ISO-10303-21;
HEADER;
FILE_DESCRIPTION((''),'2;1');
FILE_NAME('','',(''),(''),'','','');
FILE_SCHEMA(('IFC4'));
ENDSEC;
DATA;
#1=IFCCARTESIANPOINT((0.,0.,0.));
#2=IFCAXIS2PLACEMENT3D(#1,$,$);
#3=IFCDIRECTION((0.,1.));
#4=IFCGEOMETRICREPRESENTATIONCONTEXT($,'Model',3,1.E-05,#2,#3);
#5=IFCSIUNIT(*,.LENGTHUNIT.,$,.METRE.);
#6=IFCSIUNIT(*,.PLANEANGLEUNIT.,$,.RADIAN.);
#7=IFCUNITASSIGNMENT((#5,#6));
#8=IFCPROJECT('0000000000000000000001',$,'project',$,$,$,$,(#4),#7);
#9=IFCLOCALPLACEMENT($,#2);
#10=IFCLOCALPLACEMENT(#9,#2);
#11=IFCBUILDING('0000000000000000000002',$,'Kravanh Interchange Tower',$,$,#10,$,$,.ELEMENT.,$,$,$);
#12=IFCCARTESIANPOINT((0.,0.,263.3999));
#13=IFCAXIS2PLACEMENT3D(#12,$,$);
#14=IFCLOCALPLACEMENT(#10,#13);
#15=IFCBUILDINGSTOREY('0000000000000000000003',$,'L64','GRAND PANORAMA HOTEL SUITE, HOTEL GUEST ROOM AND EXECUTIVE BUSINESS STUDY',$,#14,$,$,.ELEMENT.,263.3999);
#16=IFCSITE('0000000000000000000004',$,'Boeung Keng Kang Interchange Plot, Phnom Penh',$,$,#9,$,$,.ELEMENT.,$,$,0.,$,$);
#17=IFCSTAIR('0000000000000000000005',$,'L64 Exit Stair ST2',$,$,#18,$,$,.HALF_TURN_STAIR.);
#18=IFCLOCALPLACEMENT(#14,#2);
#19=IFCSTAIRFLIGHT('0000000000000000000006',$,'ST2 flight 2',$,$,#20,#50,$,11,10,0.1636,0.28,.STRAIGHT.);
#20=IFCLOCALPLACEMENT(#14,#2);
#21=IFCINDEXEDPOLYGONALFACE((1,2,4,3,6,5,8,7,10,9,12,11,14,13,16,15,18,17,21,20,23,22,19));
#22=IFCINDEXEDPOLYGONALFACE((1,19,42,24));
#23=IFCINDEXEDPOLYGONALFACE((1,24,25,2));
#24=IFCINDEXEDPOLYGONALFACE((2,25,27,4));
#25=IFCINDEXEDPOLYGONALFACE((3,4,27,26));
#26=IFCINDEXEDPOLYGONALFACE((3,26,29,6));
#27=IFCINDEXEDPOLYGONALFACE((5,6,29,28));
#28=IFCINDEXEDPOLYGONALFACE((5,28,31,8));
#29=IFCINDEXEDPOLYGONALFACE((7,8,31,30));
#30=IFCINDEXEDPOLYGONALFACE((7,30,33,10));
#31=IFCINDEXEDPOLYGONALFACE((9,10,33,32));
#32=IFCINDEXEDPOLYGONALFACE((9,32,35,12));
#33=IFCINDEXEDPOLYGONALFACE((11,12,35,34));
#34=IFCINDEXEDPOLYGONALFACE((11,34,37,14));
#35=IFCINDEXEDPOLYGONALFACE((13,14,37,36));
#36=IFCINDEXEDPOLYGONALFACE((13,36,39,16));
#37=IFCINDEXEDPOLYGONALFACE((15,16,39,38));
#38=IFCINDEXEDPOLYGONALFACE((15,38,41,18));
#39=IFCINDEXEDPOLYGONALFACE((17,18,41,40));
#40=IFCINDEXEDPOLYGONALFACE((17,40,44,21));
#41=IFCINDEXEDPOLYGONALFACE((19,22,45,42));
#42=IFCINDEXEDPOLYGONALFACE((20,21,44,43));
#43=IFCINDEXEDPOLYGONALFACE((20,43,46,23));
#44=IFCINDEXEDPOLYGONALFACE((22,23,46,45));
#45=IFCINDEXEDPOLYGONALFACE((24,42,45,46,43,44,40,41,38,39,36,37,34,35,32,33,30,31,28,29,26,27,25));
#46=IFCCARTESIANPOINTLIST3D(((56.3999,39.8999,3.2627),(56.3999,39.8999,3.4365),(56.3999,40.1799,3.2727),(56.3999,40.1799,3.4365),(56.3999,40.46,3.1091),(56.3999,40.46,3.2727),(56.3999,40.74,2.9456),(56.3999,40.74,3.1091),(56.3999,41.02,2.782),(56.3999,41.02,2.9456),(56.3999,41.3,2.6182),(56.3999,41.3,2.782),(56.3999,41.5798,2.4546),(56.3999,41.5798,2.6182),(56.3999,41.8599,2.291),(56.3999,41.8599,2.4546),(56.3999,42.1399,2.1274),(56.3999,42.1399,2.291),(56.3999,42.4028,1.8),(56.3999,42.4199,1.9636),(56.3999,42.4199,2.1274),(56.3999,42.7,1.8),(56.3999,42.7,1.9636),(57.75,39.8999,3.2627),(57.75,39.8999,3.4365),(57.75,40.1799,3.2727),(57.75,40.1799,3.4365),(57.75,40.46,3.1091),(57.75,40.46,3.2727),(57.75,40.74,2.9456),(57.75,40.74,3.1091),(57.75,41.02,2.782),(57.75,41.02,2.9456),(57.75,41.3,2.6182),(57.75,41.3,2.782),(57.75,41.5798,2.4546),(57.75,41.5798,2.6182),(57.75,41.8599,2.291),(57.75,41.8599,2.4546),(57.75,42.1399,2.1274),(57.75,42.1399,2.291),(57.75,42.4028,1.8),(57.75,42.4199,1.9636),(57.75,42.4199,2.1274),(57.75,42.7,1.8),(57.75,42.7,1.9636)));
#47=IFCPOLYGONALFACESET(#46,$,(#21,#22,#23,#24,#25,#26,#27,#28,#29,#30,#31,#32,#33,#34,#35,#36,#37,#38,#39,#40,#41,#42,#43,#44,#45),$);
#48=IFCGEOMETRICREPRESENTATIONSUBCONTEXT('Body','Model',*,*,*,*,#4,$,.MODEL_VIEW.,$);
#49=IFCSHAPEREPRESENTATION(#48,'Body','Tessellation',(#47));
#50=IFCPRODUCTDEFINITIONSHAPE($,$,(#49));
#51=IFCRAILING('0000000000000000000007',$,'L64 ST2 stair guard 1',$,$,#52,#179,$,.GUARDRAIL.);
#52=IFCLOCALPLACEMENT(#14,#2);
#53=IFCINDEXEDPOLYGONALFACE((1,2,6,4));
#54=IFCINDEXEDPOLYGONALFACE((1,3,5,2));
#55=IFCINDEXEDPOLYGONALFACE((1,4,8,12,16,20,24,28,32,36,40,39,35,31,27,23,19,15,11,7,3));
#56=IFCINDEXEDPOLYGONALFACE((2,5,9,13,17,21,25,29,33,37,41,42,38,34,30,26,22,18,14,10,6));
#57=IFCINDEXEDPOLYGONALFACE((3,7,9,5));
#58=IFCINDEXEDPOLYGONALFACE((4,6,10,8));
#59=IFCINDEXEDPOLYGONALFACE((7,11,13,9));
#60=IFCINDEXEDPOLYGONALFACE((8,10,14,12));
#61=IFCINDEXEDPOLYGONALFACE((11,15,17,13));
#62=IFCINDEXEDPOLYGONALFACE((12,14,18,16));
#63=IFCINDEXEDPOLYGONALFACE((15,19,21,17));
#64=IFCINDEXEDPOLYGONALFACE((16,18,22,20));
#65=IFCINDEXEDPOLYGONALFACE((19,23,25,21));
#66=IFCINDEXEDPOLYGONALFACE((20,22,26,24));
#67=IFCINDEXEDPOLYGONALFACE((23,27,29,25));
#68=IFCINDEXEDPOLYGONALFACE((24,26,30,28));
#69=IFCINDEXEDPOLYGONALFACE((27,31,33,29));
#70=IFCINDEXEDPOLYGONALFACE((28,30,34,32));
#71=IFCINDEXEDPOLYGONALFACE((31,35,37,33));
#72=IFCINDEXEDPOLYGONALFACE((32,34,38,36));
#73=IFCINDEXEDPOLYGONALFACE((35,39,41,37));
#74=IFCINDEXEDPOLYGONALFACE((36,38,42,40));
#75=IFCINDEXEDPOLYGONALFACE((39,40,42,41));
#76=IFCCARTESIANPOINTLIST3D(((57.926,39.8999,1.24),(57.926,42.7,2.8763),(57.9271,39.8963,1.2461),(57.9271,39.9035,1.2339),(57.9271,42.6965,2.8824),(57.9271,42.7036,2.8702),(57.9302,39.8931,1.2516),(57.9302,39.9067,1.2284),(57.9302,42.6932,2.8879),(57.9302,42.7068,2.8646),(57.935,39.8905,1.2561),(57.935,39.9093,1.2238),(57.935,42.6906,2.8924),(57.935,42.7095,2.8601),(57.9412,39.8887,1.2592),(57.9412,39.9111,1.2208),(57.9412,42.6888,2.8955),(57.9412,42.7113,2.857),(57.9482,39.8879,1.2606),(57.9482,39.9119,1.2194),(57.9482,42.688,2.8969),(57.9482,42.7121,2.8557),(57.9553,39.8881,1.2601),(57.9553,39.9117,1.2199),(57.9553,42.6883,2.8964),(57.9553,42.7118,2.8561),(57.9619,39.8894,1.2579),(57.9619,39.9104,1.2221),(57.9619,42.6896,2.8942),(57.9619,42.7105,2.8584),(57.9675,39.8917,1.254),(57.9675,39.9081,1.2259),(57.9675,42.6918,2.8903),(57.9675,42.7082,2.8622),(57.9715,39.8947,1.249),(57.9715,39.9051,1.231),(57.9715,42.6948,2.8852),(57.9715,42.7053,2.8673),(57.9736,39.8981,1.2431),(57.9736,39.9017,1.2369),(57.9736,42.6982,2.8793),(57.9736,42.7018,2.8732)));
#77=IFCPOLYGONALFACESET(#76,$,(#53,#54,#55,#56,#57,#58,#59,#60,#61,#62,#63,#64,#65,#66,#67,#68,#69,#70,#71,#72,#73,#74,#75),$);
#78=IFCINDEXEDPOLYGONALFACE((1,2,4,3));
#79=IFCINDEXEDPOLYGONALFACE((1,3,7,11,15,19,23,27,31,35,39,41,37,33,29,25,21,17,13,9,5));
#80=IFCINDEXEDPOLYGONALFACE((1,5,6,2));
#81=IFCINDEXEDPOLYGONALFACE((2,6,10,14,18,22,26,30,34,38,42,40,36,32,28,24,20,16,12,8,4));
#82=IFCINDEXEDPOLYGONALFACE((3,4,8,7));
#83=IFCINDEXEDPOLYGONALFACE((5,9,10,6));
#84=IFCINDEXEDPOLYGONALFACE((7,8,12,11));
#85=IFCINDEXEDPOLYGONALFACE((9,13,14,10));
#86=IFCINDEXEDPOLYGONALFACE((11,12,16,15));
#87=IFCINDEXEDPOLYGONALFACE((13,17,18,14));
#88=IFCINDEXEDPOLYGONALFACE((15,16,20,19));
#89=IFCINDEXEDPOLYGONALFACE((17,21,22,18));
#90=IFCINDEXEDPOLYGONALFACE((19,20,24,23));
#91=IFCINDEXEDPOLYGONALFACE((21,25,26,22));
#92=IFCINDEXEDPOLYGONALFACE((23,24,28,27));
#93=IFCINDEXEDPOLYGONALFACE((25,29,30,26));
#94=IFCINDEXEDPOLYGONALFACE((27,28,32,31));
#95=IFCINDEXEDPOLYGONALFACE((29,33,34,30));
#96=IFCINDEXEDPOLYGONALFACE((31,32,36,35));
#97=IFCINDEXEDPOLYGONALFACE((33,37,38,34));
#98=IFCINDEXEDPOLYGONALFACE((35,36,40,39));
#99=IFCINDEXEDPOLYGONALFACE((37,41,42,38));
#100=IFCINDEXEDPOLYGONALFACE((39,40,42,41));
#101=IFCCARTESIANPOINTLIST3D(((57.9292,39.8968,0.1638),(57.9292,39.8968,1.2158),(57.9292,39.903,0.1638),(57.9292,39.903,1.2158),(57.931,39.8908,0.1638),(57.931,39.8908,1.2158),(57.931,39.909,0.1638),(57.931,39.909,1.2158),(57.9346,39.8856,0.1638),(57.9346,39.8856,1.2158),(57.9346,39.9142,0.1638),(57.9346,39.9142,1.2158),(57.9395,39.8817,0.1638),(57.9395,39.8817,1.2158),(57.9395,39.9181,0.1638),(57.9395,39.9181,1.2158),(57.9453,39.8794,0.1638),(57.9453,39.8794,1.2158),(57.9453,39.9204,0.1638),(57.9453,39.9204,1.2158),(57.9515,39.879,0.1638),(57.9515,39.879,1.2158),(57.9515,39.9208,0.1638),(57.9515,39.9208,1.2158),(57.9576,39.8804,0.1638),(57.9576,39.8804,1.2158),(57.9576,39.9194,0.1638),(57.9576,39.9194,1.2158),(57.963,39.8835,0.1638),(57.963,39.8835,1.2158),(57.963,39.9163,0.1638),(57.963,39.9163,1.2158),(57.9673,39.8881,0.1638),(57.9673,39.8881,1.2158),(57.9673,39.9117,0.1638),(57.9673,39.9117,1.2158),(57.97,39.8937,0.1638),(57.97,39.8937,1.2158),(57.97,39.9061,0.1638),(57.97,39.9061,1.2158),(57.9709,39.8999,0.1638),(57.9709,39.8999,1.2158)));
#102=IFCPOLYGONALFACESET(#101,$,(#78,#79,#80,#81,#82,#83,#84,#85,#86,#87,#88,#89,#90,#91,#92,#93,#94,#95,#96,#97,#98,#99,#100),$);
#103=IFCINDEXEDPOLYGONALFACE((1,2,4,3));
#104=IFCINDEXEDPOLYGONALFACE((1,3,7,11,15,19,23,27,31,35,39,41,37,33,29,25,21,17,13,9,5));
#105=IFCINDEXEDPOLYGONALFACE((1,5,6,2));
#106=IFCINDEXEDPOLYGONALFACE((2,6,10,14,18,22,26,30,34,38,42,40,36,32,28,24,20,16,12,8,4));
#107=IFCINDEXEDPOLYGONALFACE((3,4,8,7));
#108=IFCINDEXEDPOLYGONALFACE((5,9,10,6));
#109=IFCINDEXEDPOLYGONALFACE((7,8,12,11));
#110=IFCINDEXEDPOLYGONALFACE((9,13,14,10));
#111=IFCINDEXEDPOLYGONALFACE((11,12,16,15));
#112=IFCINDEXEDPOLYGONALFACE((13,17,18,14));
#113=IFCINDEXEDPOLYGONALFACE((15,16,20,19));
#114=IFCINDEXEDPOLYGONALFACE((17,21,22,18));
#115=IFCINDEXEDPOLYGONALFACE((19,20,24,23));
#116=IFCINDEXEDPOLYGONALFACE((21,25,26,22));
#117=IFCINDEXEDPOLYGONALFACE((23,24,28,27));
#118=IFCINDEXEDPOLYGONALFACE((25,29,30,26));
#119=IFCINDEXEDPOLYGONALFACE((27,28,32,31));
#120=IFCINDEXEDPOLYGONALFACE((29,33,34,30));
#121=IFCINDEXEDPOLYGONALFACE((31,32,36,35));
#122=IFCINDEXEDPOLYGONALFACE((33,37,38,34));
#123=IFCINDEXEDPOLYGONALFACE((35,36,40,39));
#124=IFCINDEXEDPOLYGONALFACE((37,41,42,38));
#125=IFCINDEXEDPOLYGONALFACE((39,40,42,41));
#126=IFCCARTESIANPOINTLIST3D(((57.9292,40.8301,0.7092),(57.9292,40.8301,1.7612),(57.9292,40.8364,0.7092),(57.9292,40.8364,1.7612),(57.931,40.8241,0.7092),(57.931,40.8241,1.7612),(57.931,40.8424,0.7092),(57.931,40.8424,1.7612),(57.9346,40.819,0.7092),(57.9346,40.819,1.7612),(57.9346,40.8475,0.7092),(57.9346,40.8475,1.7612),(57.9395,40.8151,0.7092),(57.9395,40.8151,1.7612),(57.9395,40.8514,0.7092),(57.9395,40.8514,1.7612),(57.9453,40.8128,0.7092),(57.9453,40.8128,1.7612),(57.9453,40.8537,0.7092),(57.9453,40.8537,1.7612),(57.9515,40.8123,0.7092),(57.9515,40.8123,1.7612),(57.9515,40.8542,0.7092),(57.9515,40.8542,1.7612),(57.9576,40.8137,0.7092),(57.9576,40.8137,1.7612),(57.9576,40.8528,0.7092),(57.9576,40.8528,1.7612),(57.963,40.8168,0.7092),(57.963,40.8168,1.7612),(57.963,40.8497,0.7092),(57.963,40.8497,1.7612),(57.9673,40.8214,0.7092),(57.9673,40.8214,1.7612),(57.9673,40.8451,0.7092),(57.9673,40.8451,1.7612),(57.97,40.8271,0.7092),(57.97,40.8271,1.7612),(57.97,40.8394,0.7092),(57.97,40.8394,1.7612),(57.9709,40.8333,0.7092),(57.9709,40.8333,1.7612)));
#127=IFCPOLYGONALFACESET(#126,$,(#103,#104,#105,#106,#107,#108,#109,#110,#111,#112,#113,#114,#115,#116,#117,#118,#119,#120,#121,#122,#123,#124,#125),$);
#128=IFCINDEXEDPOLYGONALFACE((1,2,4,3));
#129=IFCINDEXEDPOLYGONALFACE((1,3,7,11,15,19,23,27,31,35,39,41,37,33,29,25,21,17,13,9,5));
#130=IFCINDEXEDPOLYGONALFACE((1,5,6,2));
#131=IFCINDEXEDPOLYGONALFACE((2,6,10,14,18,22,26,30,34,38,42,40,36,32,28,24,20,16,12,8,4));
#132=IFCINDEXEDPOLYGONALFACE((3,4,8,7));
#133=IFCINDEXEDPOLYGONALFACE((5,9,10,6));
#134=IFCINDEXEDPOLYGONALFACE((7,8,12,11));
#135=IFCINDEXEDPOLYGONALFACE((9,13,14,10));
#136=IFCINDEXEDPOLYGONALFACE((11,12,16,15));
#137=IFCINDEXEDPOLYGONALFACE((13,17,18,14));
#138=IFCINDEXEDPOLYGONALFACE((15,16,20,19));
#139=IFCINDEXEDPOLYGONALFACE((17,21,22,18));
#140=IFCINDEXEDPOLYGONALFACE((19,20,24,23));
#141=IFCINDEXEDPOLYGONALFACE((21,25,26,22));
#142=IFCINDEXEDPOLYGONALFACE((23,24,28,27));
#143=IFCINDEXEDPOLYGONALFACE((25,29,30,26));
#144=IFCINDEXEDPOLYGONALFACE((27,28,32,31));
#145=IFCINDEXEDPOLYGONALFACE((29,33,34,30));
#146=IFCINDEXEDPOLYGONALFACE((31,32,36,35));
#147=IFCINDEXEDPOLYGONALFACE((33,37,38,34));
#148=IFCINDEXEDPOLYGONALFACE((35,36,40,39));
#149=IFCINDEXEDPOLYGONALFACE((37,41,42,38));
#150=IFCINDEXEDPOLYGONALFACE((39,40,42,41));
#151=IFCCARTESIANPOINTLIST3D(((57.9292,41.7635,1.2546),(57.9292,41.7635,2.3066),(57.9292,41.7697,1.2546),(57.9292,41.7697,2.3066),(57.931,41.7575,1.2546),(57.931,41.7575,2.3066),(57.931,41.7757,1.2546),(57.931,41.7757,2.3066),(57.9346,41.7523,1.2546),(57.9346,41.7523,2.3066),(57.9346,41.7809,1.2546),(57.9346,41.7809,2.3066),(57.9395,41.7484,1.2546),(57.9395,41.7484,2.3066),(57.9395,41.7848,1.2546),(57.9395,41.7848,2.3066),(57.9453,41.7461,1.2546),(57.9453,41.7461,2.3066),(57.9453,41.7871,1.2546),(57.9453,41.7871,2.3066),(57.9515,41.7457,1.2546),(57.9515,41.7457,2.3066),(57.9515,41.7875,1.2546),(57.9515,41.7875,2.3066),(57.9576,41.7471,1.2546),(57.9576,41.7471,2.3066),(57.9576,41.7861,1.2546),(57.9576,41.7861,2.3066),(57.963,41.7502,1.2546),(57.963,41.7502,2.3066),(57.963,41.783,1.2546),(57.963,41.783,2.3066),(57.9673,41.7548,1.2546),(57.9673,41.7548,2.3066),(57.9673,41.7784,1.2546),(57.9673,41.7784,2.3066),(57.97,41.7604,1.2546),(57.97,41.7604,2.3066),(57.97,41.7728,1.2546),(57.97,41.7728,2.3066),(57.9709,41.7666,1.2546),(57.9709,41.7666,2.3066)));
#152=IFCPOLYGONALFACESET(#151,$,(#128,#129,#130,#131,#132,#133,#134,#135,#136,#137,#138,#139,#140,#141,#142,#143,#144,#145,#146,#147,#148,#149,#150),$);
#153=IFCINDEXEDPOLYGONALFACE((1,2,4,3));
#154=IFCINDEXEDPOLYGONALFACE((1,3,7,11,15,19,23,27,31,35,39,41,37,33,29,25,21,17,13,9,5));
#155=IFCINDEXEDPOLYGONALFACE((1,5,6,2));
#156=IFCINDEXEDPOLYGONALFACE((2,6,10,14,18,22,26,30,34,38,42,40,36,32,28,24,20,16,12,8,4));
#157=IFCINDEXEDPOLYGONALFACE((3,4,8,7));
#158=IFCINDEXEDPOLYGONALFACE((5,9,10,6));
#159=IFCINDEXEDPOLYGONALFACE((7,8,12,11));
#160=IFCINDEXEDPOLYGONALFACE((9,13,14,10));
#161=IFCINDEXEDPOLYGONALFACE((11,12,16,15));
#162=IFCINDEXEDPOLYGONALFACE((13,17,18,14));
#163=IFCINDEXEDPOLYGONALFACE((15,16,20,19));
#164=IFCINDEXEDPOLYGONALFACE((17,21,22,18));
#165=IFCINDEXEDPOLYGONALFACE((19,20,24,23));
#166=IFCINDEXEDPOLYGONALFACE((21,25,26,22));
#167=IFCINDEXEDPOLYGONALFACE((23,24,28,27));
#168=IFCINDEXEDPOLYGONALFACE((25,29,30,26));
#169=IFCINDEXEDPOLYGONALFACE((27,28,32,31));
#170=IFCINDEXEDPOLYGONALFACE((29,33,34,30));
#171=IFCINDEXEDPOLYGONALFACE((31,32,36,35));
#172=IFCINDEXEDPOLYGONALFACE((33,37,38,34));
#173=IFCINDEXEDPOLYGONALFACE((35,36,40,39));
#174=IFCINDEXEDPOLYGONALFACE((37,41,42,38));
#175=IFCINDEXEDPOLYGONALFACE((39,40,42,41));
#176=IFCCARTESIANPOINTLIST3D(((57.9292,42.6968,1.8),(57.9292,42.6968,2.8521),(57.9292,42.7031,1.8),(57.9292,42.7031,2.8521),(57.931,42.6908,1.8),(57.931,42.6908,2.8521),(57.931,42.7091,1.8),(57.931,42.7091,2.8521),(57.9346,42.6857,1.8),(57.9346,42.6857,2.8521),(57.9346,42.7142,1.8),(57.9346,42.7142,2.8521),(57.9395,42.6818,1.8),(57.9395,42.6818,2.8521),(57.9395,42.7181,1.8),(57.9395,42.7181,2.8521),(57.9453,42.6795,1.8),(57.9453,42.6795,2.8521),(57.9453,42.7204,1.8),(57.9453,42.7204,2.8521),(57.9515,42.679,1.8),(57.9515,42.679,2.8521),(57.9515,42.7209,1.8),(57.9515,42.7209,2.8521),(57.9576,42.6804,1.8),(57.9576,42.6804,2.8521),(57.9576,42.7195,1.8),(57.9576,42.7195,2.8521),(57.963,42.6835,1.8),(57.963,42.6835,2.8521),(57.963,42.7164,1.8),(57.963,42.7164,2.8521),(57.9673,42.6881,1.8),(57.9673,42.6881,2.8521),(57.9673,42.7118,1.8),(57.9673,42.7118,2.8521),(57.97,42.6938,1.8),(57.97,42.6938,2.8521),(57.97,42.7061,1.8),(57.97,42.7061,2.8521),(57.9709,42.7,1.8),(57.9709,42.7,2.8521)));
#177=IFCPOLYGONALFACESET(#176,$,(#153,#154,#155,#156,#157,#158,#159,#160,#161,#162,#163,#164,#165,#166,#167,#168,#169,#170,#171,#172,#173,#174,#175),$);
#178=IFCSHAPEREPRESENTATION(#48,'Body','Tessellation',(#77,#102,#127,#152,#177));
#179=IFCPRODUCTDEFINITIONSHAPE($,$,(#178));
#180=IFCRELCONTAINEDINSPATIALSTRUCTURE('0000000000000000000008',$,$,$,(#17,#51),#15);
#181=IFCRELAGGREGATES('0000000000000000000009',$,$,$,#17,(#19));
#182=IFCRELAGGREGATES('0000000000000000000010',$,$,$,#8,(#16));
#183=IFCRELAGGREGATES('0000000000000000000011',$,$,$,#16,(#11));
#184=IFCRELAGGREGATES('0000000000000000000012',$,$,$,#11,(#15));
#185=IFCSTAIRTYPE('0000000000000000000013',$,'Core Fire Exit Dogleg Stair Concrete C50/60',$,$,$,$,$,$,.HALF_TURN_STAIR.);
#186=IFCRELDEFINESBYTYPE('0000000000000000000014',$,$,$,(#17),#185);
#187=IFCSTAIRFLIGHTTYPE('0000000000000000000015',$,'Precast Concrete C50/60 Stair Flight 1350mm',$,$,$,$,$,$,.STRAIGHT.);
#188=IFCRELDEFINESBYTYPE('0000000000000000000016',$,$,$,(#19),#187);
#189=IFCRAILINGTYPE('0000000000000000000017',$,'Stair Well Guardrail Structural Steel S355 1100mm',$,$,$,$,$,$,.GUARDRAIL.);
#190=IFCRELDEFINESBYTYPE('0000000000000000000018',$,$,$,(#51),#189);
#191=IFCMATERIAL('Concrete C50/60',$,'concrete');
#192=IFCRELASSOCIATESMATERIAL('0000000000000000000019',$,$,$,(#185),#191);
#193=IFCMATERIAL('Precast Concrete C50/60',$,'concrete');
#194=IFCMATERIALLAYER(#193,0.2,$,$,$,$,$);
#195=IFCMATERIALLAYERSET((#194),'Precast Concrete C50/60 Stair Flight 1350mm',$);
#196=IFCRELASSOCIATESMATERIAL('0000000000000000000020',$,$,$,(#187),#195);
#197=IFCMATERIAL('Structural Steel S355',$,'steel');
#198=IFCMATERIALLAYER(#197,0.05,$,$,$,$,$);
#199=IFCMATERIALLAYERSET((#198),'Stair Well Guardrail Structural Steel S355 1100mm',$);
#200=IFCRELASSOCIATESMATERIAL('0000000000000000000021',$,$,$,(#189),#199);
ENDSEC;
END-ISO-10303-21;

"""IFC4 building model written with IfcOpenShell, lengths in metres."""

from ifc_helpers import new_model, si_unit, direction, frame, origin, origin_2d, place, context, subcontext, project, spatial, polyline, circle, outline, extrude, material, layer, layer_set, type_object, element, aggregate, save


model = new_model("IFC4")

# Units and contexts
model_context = context("Model", 3, precision=1e-05, world=origin(), true_north=direction((0.0, 1.0)))
body_context = subcontext(model_context, "Body", "Model", "MODEL_VIEW")
ifc_project = project(units=[si_unit("LENGTHUNIT", "METRE"), si_unit("PLANEANGLEUNIT", "RADIAN")], contexts=[model_context])

# Site, building, storey
site_placement = place(None, origin())
site = spatial("IfcSite", under=ifc_project, at=site_placement, Name="Boeung Keng Kang Interchange Plot, Phnom Penh", CompositionType="ELEMENT", RefElevation=0.0)
building_placement = place(site_placement, origin())
building = spatial("IfcBuilding", under=site, at=building_placement, Name="Kravanh Interchange Tower", CompositionType="ELEMENT")
storey_placement = place(building_placement, frame((0.0, 0.0, 263.3999)))
storey = spatial("IfcBuildingStorey", under=building, at=storey_placement, Name="L64", Description="GRAND PANORAMA HOTEL SUITE, HOTEL GUEST ROOM AND EXECUTIVE BUSINESS STUDY", CompositionType="ELEMENT", Elevation=263.3999)

# Stair, stair flight
ifc_material_1 = material(Name="Concrete C50/60", Category="concrete")
stair_type = type_object("IfcStairType", Name="Core Fire Exit Dogleg Stair Concrete C50/60", PredefinedType="HALF_TURN_STAIR", material=ifc_material_1)
stair_placement = place(storey_placement, origin())
stair = element("IfcStair", 1, at=stair_placement, inside=storey, type_object=stair_type, Name="L64 Exit Stair ST2", PredefinedType="HALF_TURN_STAIR")
ifc_material_2 = material(Name="Precast Concrete C50/60", Category="concrete")
ifc_layer_1 = layer(ifc_material_2, 0.2)
ifc_layer_set_1 = layer_set([ifc_layer_1], Name="Precast Concrete C50/60 Stair Flight 1350mm")
stair_flight_type = type_object("IfcStairFlightType", Name="Precast Concrete C50/60 Stair Flight 1350mm", PredefinedType="STRAIGHT", material=ifc_layer_set_1)
stair_flight_1_placement = place(storey_placement, frame((57.075, 42.7, 1.8), z_axis=(0.0, 0.0, 1.0), x_axis=(0.0, -1.0, 0.0)))
stair_flight_1 = element("IfcStairFlight", 2, at=stair_flight_1_placement, type_object=stair_flight_type, Name="ST2 flight 2", NumberOfRisers=11, NumberOfTreads=10, PredefinedType="STRAIGHT", RiserHeight=0.1636, TreadLength=0.28, context=body_context, shape_type="SweptSolid", body=[
    extrude(outline(polyline([(0.0, 0.0), (0.0, 0.1636), (0.28, 0.1636), (0.28, 0.3274), (0.5601, 0.3274), (0.5601, 0.491), (0.8401, 0.491), (0.8401, 0.6545), (1.1201, 0.6545), (1.1201, 0.8181), (1.3999, 0.8181), (1.3999, 0.9819), (1.6799, 0.9819), (1.6799, 1.1455), (1.96, 1.1455), (1.96, 1.3091), (2.24, 1.3091), (2.24, 1.4727), (2.52, 1.4727), (2.52, 1.6365), (2.8, 1.6365), (2.8, 1.8), (2.8, 1.4626), (0.2971, 0.0), (0.0, 0.0)])), frame((0.0, 0.675, 0.0), z_axis=(0.0, -1.0, 0.0), x_axis=(1.0, 0.0, 0.0)), (0.0, 0.0, 1.0), 1.3501),
])
aggregate(stair, [stair_flight_1])

# Railing
ifc_material_3 = material(Name="Structural Steel S355", Category="steel")
ifc_layer_2 = layer(ifc_material_3, 0.05)
ifc_layer_set_2 = layer_set([ifc_layer_2], Name="Stair Well Guardrail Structural Steel S355 1100mm")
railing_type_1 = type_object("IfcRailingType", Name="Stair Well Guardrail Structural Steel S355 1100mm", PredefinedType="GUARDRAIL", material=ifc_layer_set_2)
railing_1_placement = place(storey_placement, frame((57.95, 39.8999, 0.1638)))
element("IfcRailing", 3, at=railing_1_placement, inside=storey, type_object=railing_type_1, Name="L64 ST2 stair guard 1", PredefinedType="GUARDRAIL", context=body_context, shape_type="SweptSolid", body=[
    extrude(circle(Radius=0.0239, at=origin_2d()), frame((0.0, 0.0, 1.0762), z_axis=(0.0, 0.863394, 0.504531), x_axis=(-1.0, 0.0, 0.0)), (0.0, 0.0, 1.0), 3.2432),
    extrude(circle(Radius=0.021, at=origin_2d()), origin(), (0.0, 0.0, 1.0), 1.052),
    extrude(circle(Radius=0.021, at=origin_2d()), frame((0.0, 0.9333, 0.5454)), (0.0, 0.0, 1.0), 1.052),
    extrude(circle(Radius=0.021, at=origin_2d()), frame((0.0, 1.8667, 1.0908)), (0.0, 0.0, 1.0), 1.052),
    extrude(circle(Radius=0.021, at=origin_2d()), frame((0.0, 2.8, 1.6362)), (0.0, 0.0, 1.0), 1.052),
])

save(model, "model.ifc")
